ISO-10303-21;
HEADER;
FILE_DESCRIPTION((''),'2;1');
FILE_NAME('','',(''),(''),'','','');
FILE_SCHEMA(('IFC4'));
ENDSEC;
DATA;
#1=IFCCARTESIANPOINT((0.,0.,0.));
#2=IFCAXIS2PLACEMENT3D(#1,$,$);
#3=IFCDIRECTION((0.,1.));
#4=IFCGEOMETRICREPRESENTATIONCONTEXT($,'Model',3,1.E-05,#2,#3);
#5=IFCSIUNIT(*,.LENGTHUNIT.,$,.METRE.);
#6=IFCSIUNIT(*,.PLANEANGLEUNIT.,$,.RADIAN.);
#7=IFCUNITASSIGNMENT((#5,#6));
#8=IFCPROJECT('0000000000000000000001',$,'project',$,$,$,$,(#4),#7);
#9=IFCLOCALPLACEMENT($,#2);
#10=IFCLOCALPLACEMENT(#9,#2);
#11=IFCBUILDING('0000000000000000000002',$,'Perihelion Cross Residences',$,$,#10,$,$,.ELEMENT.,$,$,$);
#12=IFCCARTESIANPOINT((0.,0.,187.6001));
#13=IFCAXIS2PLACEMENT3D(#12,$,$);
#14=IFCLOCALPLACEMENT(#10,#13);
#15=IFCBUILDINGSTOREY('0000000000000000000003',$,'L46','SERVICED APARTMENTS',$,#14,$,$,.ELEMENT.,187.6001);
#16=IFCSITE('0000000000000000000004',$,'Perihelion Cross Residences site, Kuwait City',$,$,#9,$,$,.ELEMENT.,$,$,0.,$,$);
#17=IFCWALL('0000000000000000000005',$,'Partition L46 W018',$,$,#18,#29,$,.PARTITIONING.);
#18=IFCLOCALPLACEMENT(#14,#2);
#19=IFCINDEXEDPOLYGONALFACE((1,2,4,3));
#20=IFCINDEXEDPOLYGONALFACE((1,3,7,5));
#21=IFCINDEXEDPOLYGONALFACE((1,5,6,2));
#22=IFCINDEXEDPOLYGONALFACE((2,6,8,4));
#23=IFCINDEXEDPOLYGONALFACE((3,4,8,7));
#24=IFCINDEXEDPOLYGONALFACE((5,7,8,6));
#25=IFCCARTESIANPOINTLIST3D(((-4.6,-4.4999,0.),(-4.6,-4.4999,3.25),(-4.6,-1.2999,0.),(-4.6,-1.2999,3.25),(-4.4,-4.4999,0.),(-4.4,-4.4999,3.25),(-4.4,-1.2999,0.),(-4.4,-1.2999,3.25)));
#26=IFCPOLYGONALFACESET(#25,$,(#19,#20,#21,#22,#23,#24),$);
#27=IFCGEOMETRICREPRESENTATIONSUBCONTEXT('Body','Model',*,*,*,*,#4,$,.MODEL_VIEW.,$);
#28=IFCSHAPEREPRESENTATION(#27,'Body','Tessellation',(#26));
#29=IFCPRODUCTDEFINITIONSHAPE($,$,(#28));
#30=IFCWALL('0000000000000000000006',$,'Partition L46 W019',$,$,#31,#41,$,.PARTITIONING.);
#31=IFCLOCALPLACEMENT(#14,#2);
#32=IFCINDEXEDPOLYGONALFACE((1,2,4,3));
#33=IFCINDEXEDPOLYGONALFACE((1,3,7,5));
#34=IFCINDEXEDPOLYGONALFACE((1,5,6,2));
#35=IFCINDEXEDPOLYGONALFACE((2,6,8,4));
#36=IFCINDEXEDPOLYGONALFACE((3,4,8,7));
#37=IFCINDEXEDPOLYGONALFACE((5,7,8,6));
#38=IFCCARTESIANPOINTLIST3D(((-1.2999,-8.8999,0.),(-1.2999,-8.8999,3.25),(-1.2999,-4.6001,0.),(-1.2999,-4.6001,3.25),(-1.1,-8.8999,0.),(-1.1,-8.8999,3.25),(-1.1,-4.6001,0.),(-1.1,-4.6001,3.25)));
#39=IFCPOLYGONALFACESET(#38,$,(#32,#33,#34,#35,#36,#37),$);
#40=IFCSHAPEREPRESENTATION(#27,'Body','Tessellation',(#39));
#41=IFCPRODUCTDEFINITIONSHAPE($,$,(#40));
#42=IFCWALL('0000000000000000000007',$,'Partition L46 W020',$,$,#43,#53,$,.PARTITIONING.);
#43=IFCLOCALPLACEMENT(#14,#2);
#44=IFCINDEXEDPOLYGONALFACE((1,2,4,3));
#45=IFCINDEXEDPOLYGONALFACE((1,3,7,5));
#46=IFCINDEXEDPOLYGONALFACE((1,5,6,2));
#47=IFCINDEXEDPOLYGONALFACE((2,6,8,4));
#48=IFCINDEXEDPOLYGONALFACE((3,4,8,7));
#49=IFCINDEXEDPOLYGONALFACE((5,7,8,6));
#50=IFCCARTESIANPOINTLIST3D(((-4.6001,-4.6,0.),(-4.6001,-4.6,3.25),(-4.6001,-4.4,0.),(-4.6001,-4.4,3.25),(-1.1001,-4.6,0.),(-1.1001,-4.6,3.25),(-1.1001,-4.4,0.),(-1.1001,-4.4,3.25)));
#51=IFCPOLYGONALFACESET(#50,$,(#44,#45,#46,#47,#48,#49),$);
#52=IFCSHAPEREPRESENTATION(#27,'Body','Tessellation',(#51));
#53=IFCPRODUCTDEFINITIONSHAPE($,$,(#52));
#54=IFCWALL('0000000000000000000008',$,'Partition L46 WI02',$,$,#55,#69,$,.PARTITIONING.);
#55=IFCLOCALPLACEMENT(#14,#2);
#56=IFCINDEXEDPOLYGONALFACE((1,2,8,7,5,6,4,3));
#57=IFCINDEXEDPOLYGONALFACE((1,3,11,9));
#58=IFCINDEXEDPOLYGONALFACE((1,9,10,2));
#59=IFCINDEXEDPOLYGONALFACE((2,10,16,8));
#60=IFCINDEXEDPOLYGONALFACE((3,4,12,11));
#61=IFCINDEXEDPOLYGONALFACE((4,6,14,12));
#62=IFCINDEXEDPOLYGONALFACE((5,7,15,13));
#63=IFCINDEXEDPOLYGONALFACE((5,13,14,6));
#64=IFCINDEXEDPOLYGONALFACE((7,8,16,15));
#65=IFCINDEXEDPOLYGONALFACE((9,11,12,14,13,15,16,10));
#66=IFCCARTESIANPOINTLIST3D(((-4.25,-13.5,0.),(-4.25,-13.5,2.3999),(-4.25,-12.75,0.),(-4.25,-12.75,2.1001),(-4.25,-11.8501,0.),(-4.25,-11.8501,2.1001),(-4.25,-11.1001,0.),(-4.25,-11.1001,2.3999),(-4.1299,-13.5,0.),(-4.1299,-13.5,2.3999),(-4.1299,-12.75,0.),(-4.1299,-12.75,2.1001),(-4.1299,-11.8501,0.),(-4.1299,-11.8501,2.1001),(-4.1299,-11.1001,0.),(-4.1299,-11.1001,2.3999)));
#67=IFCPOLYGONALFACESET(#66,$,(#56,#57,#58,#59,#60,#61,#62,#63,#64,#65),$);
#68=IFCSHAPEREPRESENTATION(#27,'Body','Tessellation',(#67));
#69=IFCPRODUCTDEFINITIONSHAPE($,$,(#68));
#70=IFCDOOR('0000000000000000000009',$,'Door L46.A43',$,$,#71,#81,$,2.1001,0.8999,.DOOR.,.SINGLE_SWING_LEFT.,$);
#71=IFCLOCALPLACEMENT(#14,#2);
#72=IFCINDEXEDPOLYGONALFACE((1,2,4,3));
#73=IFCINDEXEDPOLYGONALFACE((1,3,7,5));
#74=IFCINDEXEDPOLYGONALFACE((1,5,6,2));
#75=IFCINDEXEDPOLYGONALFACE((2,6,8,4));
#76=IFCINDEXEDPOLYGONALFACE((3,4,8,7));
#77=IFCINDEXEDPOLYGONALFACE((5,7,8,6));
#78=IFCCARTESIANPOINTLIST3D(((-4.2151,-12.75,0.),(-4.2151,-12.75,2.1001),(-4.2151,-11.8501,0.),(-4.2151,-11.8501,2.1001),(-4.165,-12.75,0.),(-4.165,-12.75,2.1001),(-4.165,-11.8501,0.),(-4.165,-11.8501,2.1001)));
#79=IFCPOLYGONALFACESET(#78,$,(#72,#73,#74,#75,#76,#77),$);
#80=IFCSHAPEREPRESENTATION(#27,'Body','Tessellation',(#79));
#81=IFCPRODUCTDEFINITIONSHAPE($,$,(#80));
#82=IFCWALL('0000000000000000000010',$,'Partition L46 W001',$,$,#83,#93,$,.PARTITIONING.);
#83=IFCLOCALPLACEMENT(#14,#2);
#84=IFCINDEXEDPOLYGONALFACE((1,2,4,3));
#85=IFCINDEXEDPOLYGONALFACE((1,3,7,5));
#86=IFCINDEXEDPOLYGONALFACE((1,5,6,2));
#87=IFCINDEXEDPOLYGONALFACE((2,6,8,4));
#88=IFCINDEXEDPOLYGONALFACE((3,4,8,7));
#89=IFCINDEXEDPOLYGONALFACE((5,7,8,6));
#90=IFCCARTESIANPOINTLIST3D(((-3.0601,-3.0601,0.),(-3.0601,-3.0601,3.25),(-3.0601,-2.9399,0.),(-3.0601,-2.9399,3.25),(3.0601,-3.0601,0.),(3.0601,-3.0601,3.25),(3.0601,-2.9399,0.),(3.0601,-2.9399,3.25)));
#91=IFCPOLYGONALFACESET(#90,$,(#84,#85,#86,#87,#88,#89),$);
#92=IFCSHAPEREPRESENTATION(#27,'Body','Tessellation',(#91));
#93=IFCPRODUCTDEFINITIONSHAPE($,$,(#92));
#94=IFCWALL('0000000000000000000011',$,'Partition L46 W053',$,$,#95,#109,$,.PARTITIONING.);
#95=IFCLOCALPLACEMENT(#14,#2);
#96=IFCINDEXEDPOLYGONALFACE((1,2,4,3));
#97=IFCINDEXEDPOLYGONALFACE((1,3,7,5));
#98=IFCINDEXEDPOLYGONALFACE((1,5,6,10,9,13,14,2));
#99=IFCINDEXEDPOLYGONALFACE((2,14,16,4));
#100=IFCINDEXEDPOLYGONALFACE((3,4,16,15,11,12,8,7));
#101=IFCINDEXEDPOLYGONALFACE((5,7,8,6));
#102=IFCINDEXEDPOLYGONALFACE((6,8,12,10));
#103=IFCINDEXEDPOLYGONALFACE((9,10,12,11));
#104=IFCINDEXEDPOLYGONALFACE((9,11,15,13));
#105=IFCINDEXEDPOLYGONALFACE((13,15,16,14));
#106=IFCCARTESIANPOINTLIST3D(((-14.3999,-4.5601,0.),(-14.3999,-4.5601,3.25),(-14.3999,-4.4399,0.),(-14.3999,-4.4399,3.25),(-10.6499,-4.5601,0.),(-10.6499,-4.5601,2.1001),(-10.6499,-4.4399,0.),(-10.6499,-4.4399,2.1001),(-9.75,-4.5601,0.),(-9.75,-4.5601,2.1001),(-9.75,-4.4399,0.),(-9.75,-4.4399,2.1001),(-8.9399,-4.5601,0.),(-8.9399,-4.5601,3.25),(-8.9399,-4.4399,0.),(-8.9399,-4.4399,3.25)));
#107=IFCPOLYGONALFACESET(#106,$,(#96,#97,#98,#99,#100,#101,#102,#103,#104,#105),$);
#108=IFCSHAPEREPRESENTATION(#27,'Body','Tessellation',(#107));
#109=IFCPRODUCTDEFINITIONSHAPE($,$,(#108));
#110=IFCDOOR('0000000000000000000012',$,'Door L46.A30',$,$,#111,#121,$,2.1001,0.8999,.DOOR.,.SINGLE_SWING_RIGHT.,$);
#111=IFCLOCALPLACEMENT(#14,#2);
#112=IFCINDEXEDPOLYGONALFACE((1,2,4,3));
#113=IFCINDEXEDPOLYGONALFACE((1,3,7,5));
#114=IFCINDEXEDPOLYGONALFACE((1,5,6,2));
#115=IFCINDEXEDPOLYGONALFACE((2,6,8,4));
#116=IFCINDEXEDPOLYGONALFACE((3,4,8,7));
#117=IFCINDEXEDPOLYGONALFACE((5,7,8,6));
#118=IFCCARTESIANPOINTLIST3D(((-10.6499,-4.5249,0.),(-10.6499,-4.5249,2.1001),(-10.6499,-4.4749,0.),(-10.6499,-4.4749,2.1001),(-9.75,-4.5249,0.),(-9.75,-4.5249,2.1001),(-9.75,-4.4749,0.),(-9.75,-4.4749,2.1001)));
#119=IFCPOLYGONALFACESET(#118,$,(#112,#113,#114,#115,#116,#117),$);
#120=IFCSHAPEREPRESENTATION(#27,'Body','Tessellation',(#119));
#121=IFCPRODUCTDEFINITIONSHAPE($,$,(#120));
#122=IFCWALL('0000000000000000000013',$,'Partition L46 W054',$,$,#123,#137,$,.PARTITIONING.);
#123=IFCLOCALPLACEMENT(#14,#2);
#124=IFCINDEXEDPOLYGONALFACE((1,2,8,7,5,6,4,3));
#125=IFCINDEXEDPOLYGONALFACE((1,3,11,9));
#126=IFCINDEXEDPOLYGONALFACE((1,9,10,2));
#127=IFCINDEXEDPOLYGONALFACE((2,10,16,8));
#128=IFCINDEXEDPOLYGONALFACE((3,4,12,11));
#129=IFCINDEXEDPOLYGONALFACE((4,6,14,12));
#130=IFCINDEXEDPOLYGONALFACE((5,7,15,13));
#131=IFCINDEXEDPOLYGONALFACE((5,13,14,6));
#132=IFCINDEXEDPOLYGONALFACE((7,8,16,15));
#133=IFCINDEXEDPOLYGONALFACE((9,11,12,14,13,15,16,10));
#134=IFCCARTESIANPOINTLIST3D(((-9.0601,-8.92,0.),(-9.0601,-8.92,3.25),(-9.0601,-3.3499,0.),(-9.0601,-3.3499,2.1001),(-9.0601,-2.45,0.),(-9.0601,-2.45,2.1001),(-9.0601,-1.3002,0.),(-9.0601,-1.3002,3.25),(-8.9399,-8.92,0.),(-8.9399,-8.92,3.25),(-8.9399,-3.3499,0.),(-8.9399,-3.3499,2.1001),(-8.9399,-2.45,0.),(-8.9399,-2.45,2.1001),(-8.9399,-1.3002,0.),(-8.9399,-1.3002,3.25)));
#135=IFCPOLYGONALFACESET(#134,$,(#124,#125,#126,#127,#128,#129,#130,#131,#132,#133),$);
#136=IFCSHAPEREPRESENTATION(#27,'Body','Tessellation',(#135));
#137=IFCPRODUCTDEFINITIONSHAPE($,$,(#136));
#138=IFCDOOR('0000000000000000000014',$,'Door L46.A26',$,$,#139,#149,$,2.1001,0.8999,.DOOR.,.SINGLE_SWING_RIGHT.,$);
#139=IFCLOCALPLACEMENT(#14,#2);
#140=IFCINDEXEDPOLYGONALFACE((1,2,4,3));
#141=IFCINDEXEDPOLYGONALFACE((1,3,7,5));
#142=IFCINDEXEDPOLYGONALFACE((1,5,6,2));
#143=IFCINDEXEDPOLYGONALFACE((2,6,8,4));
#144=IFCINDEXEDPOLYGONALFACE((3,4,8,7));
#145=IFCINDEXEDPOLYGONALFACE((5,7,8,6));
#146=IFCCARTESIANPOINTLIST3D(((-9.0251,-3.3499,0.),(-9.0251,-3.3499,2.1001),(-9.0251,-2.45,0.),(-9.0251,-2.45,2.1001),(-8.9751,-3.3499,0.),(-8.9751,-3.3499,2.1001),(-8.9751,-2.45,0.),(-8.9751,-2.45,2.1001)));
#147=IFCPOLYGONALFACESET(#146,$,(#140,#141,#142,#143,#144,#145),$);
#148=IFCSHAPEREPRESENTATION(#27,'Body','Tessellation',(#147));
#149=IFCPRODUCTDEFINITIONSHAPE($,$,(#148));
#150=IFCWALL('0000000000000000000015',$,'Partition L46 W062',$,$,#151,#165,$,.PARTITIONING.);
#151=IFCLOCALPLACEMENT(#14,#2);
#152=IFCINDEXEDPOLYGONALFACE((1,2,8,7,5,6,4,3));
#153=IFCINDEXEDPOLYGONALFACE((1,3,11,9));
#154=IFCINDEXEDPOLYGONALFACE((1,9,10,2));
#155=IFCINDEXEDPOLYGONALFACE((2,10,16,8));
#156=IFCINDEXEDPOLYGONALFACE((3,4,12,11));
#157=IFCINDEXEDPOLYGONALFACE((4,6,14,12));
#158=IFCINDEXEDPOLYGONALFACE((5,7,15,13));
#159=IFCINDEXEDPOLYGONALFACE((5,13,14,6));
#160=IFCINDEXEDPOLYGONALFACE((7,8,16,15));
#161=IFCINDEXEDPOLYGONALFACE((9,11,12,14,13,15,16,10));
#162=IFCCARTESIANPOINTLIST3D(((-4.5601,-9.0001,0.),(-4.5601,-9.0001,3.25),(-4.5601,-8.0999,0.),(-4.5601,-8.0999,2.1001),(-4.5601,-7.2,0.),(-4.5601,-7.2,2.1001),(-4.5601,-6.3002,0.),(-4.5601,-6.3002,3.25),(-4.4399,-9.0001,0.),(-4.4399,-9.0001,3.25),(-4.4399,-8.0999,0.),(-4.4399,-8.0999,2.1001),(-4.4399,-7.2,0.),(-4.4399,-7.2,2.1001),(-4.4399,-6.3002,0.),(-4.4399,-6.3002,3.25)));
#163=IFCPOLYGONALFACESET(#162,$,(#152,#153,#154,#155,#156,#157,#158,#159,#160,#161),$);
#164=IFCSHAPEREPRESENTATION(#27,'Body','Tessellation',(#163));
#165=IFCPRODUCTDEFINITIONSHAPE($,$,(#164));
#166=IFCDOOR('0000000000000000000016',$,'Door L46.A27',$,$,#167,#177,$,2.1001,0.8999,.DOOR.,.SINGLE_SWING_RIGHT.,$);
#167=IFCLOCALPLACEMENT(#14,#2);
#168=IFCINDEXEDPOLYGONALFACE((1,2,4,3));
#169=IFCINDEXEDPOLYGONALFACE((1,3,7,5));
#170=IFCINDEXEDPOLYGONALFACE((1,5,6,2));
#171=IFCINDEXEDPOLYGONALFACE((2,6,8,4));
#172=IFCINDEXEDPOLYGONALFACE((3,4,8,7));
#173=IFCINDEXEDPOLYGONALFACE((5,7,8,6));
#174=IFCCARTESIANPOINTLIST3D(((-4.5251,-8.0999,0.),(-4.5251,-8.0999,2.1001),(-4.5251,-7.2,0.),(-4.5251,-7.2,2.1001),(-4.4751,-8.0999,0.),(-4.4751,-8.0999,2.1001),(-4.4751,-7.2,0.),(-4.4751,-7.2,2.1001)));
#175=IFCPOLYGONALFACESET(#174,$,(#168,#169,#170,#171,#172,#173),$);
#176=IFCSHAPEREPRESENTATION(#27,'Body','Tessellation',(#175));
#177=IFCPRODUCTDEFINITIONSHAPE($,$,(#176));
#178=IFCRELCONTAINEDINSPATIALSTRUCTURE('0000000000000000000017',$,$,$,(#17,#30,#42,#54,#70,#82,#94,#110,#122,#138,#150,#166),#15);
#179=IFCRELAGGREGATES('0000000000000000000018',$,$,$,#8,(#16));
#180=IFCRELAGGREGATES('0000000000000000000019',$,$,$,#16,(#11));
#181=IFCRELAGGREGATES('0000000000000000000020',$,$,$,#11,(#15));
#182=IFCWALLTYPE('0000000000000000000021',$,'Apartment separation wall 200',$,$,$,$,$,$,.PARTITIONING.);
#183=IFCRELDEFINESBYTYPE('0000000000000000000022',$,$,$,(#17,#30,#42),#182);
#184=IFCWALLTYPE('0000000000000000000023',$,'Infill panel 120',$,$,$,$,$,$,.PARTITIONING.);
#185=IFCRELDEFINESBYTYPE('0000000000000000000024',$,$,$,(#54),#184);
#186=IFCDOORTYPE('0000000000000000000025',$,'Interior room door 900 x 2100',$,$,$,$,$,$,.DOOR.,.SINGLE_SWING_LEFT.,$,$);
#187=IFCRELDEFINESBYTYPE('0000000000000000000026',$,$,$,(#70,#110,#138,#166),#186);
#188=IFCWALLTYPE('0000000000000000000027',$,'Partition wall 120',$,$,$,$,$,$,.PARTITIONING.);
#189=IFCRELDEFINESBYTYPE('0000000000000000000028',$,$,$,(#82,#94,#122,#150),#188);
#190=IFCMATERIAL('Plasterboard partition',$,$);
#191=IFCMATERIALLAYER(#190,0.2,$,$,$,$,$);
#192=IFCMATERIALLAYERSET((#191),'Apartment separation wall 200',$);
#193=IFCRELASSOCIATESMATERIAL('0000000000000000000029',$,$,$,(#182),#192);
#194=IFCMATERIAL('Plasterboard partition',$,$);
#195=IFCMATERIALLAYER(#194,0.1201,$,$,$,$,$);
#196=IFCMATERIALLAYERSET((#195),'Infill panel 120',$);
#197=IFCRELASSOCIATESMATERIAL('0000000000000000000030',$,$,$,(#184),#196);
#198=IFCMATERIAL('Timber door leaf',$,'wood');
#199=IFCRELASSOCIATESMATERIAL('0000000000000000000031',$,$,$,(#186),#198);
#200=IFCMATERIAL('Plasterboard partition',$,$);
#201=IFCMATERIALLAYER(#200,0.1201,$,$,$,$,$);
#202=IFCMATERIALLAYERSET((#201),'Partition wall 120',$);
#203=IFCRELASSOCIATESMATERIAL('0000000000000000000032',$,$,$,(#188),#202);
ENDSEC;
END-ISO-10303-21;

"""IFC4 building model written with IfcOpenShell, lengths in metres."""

from ifc_helpers import new_model, si_unit, direction, frame, frame_2d, origin, place, context, subcontext, project, spatial, rectangle, extrude, material, layer, layer_set, type_object, element, fill, save


model = new_model("IFC4")

# Units and contexts
model_context = context("Model", 3, precision=1e-05, world=origin(), true_north=direction((0.0, 1.0)))
body_context = subcontext(model_context, "Body", "Model", "MODEL_VIEW")
ifc_project = project(units=[si_unit("LENGTHUNIT", "METRE"), si_unit("PLANEANGLEUNIT", "RADIAN")], contexts=[model_context])

# Site, building, storey
site_placement = place(None, origin())
site = spatial("IfcSite", under=ifc_project, at=site_placement, Name="Perihelion Cross Residences site, Kuwait City", CompositionType="ELEMENT", RefElevation=0.0)
building_placement = place(site_placement, origin())
building = spatial("IfcBuilding", under=site, at=building_placement, Name="Perihelion Cross Residences", CompositionType="ELEMENT")
storey_placement = place(building_placement, frame((0.0, 0.0, 187.6001)))
storey = spatial("IfcBuildingStorey", under=building, at=storey_placement, Name="L46", Description="SERVICED APARTMENTS", CompositionType="ELEMENT", Elevation=187.6001)

# Walls
ifc_material_1 = material(Name="Plasterboard partition")
ifc_layer_1 = layer(ifc_material_1, 0.2)
ifc_layer_set_1 = layer_set([ifc_layer_1], Name="Apartment separation wall 200")
wall_type_1 = type_object("IfcWallType", Name="Apartment separation wall 200", PredefinedType="PARTITIONING", material=ifc_layer_set_1)
wall_1_placement = place(storey_placement, frame((-4.5, -4.5, 0.0), z_axis=(0.0, 0.0, 1.0), x_axis=(0.0, 1.0, 0.0)))
element("IfcWall", 1, at=wall_1_placement, inside=storey, type_object=wall_type_1, Name="Partition L46 W018", PredefinedType="PARTITIONING", context=body_context, shape_type="SweptSolid", body=[
    extrude(rectangle(XDim=3.2, YDim=0.2, at=frame_2d((1.6001, 0.0))), origin(), (0.0, 0.0, 1.0), 3.25),
])
wall_2_placement = place(storey_placement, frame((-1.2, -8.8999, 0.0), z_axis=(0.0, 0.0, 1.0), x_axis=(0.0, 1.0, 0.0)))
element("IfcWall", 2, at=wall_2_placement, inside=storey, type_object=wall_type_1, Name="Partition L46 W019", PredefinedType="PARTITIONING", context=body_context, shape_type="SweptSolid", body=[
    extrude(rectangle(XDim=4.2998, YDim=0.2, at=frame_2d((2.1499, 0.0))), origin(), (0.0, 0.0, 1.0), 3.25),
])
wall_3_placement = place(storey_placement, frame((-1.1001, -4.5, 0.0), z_axis=(0.0, 0.0, 1.0), x_axis=(-1.0, 0.0, 0.0)))
element("IfcWall", 3, at=wall_3_placement, inside=storey, type_object=wall_type_1, Name="Partition L46 W020", PredefinedType="PARTITIONING", context=body_context, shape_type="SweptSolid", body=[
    extrude(rectangle(XDim=3.5, YDim=0.2, at=frame_2d((1.75, 0.0))), origin(), (0.0, 0.0, 1.0), 3.25),
])

# Wall, opening, door
ifc_material_2 = material(Name="Plasterboard partition")
ifc_layer_2 = layer(ifc_material_2, 0.1201)
ifc_layer_set_2 = layer_set([ifc_layer_2], Name="Infill panel 120")
wall_type_2 = type_object("IfcWallType", Name="Infill panel 120", PredefinedType="PARTITIONING", material=ifc_layer_set_2)
wall_4_placement = place(storey_placement, frame((-4.1899, -11.1001, 0.0), z_axis=(0.0, 0.0, 1.0), x_axis=(0.0, -1.0, 0.0)))
wall_4 = element("IfcWall", 4, at=wall_4_placement, inside=storey, type_object=wall_type_2, Name="Partition L46 WI02", PredefinedType="PARTITIONING", context=body_context, shape_type="SweptSolid", body=[
    extrude(rectangle(XDim=2.3999, YDim=0.1201, at=frame_2d((1.2, 0.0))), origin(), (0.0, 0.0, 1.0), 2.3999),
])
opening_1_placement = place(wall_4_placement, frame((0.75, 0.0, 0.0)))
opening_1 = element("IfcOpeningElement", 5, at=opening_1_placement, cuts=wall_4, PredefinedType="OPENING", context=body_context, shape_type="SweptSolid", body=[
    extrude(rectangle(XDim=0.8999, YDim=2.1001, at=frame_2d((0.45, 1.05))), frame((0.0, 0.0701, 0.0), z_axis=(0.0, -1.0, 0.0), x_axis=(1.0, 0.0, 0.0)), (0.0, 0.0, 1.0), 0.1401),
])
ifc_material_3 = material(Name="Timber door leaf", Category="wood")
door_type_1 = type_object("IfcDoorType", Name="Interior room door 900 x 2100", OperationType="SINGLE_SWING_LEFT", PredefinedType="DOOR", material=ifc_material_3)
door_1_placement = place(opening_1_placement, origin())
door_1 = element("IfcDoor", 6, at=door_1_placement, inside=storey, type_object=door_type_1, Name="Door L46.A43", OperationType="SINGLE_SWING_LEFT", OverallHeight=2.1001, OverallWidth=0.8999, PredefinedType="DOOR", context=body_context, shape_type="SweptSolid", body=[
    extrude(rectangle(XDim=0.8999, YDim=2.1001, at=frame_2d((0.45, 1.05))), frame((0.0, 0.0249, 0.0), z_axis=(0.0, -1.0, 0.0), x_axis=(1.0, 0.0, 0.0)), (0.0, 0.0, 1.0), 0.05),
])
fill(opening_1, door_1)

# Wall
ifc_material_4 = material(Name="Plasterboard partition")
ifc_layer_3 = layer(ifc_material_4, 0.1201)
ifc_layer_set_3 = layer_set([ifc_layer_3], Name="Partition wall 120")
wall_type_3 = type_object("IfcWallType", Name="Partition wall 120", PredefinedType="PARTITIONING", material=ifc_layer_set_3)
wall_5_placement = place(storey_placement, frame((-3.0601, -3.0, 0.0), z_axis=(0.0, 0.0, 1.0), x_axis=(1.0, 0.0, 0.0)))
element("IfcWall", 7, at=wall_5_placement, inside=storey, type_object=wall_type_3, Name="Partition L46 W001", PredefinedType="PARTITIONING", context=body_context, shape_type="SweptSolid", body=[
    extrude(rectangle(XDim=6.1201, YDim=0.1201, at=frame_2d((3.0601, 0.0))), origin(), (0.0, 0.0, 1.0), 3.25),
])

# Walls, openings, doors
wall_6_placement = place(storey_placement, frame((-8.9399, -4.5, 0.0), z_axis=(0.0, 0.0, 1.0), x_axis=(-1.0, 0.0, 0.0)))
wall_6 = element("IfcWall", 8, at=wall_6_placement, inside=storey, type_object=wall_type_3, Name="Partition L46 W053", PredefinedType="PARTITIONING", context=body_context, shape_type="SweptSolid", body=[
    extrude(rectangle(XDim=5.46, YDim=0.1201, at=frame_2d((2.73, 0.0))), origin(), (0.0, 0.0, 1.0), 3.25),
])
opening_2_placement = place(wall_6_placement, frame((0.8101, 0.0, 0.0)))
opening_2 = element("IfcOpeningElement", 9, at=opening_2_placement, cuts=wall_6, PredefinedType="OPENING", context=body_context, shape_type="SweptSolid", body=[
    extrude(rectangle(XDim=0.8999, YDim=2.1001, at=frame_2d((0.45, 1.05))), frame((0.0, 0.0701, 0.0), z_axis=(0.0, -1.0, 0.0), x_axis=(1.0, 0.0, 0.0)), (0.0, 0.0, 1.0), 0.1401),
])
door_2_placement = place(opening_2_placement, origin())
door_2 = element("IfcDoor", 10, at=door_2_placement, inside=storey, type_object=door_type_1, Name="Door L46.A30", OperationType="SINGLE_SWING_RIGHT", OverallHeight=2.1001, OverallWidth=0.8999, PredefinedType="DOOR", context=body_context, shape_type="SweptSolid", body=[
    extrude(rectangle(XDim=0.8999, YDim=2.1001, at=frame_2d((0.45, 1.05))), frame((0.0, 0.0249, 0.0), z_axis=(0.0, -1.0, 0.0), x_axis=(1.0, 0.0, 0.0)), (0.0, 0.0, 1.0), 0.05),
])
fill(opening_2, door_2)
wall_7_placement = place(storey_placement, frame((-9.0, -1.3, 0.0), z_axis=(0.0, 0.0, 1.0), x_axis=(0.0, -1.0, 0.0)))
wall_7 = element("IfcWall", 11, at=wall_7_placement, inside=storey, type_object=wall_type_3, Name="Partition L46 W054", PredefinedType="PARTITIONING", context=body_context, shape_type="SweptSolid", body=[
    extrude(rectangle(XDim=7.6199, YDim=0.1201, at=frame_2d((3.8101, 0.0))), origin(), (0.0, 0.0, 1.0), 3.25),
])
opening_3_placement = place(wall_7_placement, frame((1.1499, 0.0, 0.0)))
opening_3 = element("IfcOpeningElement", 12, at=opening_3_placement, cuts=wall_7, PredefinedType="OPENING", context=body_context, shape_type="SweptSolid", body=[
    extrude(rectangle(XDim=0.8999, YDim=2.1001, at=frame_2d((0.45, 1.05))), frame((0.0, 0.0701, 0.0), z_axis=(0.0, -1.0, 0.0), x_axis=(1.0, 0.0, 0.0)), (0.0, 0.0, 1.0), 0.1401),
])
door_3_placement = place(opening_3_placement, origin())
door_3 = element("IfcDoor", 13, at=door_3_placement, inside=storey, type_object=door_type_1, Name="Door L46.A26", OperationType="SINGLE_SWING_RIGHT", OverallHeight=2.1001, OverallWidth=0.8999, PredefinedType="DOOR", context=body_context, shape_type="SweptSolid", body=[
    extrude(rectangle(XDim=0.8999, YDim=2.1001, at=frame_2d((0.45, 1.05))), frame((0.0, 0.0249, 0.0), z_axis=(0.0, -1.0, 0.0), x_axis=(1.0, 0.0, 0.0)), (0.0, 0.0, 1.0), 0.05),
])
fill(opening_3, door_3)
wall_8_placement = place(storey_placement, frame((-4.5, -6.3, 0.0), z_axis=(0.0, 0.0, 1.0), x_axis=(0.0, -1.0, 0.0)))
wall_8 = element("IfcWall", 14, at=wall_8_placement, inside=storey, type_object=wall_type_3, Name="Partition L46 W062", PredefinedType="PARTITIONING", context=body_context, shape_type="SweptSolid", body=[
    extrude(rectangle(XDim=2.7, YDim=0.1201, at=frame_2d((1.3501, 0.0))), origin(), (0.0, 0.0, 1.0), 3.25),
])
opening_4_placement = place(wall_8_placement, frame((0.8999, 0.0, 0.0)))
opening_4 = element("IfcOpeningElement", 15, at=opening_4_placement, cuts=wall_8, PredefinedType="OPENING", context=body_context, shape_type="SweptSolid", body=[
    extrude(rectangle(XDim=0.8999, YDim=2.1001, at=frame_2d((0.45, 1.05))), frame((0.0, 0.0701, 0.0), z_axis=(0.0, -1.0, 0.0), x_axis=(1.0, 0.0, 0.0)), (0.0, 0.0, 1.0), 0.1401),
])
door_4_placement = place(opening_4_placement, origin())
door_4 = element("IfcDoor", 16, at=door_4_placement, inside=storey, type_object=door_type_1, Name="Door L46.A27", OperationType="SINGLE_SWING_RIGHT", OverallHeight=2.1001, OverallWidth=0.8999, PredefinedType="DOOR", context=body_context, shape_type="SweptSolid", body=[
    extrude(rectangle(XDim=0.8999, YDim=2.1001, at=frame_2d((0.45, 1.05))), frame((0.0, 0.0249, 0.0), z_axis=(0.0, -1.0, 0.0), x_axis=(1.0, 0.0, 0.0)), (0.0, 0.0, 1.0), 0.05),
])
fill(opening_4, door_4)

save(model, "model.ifc")
